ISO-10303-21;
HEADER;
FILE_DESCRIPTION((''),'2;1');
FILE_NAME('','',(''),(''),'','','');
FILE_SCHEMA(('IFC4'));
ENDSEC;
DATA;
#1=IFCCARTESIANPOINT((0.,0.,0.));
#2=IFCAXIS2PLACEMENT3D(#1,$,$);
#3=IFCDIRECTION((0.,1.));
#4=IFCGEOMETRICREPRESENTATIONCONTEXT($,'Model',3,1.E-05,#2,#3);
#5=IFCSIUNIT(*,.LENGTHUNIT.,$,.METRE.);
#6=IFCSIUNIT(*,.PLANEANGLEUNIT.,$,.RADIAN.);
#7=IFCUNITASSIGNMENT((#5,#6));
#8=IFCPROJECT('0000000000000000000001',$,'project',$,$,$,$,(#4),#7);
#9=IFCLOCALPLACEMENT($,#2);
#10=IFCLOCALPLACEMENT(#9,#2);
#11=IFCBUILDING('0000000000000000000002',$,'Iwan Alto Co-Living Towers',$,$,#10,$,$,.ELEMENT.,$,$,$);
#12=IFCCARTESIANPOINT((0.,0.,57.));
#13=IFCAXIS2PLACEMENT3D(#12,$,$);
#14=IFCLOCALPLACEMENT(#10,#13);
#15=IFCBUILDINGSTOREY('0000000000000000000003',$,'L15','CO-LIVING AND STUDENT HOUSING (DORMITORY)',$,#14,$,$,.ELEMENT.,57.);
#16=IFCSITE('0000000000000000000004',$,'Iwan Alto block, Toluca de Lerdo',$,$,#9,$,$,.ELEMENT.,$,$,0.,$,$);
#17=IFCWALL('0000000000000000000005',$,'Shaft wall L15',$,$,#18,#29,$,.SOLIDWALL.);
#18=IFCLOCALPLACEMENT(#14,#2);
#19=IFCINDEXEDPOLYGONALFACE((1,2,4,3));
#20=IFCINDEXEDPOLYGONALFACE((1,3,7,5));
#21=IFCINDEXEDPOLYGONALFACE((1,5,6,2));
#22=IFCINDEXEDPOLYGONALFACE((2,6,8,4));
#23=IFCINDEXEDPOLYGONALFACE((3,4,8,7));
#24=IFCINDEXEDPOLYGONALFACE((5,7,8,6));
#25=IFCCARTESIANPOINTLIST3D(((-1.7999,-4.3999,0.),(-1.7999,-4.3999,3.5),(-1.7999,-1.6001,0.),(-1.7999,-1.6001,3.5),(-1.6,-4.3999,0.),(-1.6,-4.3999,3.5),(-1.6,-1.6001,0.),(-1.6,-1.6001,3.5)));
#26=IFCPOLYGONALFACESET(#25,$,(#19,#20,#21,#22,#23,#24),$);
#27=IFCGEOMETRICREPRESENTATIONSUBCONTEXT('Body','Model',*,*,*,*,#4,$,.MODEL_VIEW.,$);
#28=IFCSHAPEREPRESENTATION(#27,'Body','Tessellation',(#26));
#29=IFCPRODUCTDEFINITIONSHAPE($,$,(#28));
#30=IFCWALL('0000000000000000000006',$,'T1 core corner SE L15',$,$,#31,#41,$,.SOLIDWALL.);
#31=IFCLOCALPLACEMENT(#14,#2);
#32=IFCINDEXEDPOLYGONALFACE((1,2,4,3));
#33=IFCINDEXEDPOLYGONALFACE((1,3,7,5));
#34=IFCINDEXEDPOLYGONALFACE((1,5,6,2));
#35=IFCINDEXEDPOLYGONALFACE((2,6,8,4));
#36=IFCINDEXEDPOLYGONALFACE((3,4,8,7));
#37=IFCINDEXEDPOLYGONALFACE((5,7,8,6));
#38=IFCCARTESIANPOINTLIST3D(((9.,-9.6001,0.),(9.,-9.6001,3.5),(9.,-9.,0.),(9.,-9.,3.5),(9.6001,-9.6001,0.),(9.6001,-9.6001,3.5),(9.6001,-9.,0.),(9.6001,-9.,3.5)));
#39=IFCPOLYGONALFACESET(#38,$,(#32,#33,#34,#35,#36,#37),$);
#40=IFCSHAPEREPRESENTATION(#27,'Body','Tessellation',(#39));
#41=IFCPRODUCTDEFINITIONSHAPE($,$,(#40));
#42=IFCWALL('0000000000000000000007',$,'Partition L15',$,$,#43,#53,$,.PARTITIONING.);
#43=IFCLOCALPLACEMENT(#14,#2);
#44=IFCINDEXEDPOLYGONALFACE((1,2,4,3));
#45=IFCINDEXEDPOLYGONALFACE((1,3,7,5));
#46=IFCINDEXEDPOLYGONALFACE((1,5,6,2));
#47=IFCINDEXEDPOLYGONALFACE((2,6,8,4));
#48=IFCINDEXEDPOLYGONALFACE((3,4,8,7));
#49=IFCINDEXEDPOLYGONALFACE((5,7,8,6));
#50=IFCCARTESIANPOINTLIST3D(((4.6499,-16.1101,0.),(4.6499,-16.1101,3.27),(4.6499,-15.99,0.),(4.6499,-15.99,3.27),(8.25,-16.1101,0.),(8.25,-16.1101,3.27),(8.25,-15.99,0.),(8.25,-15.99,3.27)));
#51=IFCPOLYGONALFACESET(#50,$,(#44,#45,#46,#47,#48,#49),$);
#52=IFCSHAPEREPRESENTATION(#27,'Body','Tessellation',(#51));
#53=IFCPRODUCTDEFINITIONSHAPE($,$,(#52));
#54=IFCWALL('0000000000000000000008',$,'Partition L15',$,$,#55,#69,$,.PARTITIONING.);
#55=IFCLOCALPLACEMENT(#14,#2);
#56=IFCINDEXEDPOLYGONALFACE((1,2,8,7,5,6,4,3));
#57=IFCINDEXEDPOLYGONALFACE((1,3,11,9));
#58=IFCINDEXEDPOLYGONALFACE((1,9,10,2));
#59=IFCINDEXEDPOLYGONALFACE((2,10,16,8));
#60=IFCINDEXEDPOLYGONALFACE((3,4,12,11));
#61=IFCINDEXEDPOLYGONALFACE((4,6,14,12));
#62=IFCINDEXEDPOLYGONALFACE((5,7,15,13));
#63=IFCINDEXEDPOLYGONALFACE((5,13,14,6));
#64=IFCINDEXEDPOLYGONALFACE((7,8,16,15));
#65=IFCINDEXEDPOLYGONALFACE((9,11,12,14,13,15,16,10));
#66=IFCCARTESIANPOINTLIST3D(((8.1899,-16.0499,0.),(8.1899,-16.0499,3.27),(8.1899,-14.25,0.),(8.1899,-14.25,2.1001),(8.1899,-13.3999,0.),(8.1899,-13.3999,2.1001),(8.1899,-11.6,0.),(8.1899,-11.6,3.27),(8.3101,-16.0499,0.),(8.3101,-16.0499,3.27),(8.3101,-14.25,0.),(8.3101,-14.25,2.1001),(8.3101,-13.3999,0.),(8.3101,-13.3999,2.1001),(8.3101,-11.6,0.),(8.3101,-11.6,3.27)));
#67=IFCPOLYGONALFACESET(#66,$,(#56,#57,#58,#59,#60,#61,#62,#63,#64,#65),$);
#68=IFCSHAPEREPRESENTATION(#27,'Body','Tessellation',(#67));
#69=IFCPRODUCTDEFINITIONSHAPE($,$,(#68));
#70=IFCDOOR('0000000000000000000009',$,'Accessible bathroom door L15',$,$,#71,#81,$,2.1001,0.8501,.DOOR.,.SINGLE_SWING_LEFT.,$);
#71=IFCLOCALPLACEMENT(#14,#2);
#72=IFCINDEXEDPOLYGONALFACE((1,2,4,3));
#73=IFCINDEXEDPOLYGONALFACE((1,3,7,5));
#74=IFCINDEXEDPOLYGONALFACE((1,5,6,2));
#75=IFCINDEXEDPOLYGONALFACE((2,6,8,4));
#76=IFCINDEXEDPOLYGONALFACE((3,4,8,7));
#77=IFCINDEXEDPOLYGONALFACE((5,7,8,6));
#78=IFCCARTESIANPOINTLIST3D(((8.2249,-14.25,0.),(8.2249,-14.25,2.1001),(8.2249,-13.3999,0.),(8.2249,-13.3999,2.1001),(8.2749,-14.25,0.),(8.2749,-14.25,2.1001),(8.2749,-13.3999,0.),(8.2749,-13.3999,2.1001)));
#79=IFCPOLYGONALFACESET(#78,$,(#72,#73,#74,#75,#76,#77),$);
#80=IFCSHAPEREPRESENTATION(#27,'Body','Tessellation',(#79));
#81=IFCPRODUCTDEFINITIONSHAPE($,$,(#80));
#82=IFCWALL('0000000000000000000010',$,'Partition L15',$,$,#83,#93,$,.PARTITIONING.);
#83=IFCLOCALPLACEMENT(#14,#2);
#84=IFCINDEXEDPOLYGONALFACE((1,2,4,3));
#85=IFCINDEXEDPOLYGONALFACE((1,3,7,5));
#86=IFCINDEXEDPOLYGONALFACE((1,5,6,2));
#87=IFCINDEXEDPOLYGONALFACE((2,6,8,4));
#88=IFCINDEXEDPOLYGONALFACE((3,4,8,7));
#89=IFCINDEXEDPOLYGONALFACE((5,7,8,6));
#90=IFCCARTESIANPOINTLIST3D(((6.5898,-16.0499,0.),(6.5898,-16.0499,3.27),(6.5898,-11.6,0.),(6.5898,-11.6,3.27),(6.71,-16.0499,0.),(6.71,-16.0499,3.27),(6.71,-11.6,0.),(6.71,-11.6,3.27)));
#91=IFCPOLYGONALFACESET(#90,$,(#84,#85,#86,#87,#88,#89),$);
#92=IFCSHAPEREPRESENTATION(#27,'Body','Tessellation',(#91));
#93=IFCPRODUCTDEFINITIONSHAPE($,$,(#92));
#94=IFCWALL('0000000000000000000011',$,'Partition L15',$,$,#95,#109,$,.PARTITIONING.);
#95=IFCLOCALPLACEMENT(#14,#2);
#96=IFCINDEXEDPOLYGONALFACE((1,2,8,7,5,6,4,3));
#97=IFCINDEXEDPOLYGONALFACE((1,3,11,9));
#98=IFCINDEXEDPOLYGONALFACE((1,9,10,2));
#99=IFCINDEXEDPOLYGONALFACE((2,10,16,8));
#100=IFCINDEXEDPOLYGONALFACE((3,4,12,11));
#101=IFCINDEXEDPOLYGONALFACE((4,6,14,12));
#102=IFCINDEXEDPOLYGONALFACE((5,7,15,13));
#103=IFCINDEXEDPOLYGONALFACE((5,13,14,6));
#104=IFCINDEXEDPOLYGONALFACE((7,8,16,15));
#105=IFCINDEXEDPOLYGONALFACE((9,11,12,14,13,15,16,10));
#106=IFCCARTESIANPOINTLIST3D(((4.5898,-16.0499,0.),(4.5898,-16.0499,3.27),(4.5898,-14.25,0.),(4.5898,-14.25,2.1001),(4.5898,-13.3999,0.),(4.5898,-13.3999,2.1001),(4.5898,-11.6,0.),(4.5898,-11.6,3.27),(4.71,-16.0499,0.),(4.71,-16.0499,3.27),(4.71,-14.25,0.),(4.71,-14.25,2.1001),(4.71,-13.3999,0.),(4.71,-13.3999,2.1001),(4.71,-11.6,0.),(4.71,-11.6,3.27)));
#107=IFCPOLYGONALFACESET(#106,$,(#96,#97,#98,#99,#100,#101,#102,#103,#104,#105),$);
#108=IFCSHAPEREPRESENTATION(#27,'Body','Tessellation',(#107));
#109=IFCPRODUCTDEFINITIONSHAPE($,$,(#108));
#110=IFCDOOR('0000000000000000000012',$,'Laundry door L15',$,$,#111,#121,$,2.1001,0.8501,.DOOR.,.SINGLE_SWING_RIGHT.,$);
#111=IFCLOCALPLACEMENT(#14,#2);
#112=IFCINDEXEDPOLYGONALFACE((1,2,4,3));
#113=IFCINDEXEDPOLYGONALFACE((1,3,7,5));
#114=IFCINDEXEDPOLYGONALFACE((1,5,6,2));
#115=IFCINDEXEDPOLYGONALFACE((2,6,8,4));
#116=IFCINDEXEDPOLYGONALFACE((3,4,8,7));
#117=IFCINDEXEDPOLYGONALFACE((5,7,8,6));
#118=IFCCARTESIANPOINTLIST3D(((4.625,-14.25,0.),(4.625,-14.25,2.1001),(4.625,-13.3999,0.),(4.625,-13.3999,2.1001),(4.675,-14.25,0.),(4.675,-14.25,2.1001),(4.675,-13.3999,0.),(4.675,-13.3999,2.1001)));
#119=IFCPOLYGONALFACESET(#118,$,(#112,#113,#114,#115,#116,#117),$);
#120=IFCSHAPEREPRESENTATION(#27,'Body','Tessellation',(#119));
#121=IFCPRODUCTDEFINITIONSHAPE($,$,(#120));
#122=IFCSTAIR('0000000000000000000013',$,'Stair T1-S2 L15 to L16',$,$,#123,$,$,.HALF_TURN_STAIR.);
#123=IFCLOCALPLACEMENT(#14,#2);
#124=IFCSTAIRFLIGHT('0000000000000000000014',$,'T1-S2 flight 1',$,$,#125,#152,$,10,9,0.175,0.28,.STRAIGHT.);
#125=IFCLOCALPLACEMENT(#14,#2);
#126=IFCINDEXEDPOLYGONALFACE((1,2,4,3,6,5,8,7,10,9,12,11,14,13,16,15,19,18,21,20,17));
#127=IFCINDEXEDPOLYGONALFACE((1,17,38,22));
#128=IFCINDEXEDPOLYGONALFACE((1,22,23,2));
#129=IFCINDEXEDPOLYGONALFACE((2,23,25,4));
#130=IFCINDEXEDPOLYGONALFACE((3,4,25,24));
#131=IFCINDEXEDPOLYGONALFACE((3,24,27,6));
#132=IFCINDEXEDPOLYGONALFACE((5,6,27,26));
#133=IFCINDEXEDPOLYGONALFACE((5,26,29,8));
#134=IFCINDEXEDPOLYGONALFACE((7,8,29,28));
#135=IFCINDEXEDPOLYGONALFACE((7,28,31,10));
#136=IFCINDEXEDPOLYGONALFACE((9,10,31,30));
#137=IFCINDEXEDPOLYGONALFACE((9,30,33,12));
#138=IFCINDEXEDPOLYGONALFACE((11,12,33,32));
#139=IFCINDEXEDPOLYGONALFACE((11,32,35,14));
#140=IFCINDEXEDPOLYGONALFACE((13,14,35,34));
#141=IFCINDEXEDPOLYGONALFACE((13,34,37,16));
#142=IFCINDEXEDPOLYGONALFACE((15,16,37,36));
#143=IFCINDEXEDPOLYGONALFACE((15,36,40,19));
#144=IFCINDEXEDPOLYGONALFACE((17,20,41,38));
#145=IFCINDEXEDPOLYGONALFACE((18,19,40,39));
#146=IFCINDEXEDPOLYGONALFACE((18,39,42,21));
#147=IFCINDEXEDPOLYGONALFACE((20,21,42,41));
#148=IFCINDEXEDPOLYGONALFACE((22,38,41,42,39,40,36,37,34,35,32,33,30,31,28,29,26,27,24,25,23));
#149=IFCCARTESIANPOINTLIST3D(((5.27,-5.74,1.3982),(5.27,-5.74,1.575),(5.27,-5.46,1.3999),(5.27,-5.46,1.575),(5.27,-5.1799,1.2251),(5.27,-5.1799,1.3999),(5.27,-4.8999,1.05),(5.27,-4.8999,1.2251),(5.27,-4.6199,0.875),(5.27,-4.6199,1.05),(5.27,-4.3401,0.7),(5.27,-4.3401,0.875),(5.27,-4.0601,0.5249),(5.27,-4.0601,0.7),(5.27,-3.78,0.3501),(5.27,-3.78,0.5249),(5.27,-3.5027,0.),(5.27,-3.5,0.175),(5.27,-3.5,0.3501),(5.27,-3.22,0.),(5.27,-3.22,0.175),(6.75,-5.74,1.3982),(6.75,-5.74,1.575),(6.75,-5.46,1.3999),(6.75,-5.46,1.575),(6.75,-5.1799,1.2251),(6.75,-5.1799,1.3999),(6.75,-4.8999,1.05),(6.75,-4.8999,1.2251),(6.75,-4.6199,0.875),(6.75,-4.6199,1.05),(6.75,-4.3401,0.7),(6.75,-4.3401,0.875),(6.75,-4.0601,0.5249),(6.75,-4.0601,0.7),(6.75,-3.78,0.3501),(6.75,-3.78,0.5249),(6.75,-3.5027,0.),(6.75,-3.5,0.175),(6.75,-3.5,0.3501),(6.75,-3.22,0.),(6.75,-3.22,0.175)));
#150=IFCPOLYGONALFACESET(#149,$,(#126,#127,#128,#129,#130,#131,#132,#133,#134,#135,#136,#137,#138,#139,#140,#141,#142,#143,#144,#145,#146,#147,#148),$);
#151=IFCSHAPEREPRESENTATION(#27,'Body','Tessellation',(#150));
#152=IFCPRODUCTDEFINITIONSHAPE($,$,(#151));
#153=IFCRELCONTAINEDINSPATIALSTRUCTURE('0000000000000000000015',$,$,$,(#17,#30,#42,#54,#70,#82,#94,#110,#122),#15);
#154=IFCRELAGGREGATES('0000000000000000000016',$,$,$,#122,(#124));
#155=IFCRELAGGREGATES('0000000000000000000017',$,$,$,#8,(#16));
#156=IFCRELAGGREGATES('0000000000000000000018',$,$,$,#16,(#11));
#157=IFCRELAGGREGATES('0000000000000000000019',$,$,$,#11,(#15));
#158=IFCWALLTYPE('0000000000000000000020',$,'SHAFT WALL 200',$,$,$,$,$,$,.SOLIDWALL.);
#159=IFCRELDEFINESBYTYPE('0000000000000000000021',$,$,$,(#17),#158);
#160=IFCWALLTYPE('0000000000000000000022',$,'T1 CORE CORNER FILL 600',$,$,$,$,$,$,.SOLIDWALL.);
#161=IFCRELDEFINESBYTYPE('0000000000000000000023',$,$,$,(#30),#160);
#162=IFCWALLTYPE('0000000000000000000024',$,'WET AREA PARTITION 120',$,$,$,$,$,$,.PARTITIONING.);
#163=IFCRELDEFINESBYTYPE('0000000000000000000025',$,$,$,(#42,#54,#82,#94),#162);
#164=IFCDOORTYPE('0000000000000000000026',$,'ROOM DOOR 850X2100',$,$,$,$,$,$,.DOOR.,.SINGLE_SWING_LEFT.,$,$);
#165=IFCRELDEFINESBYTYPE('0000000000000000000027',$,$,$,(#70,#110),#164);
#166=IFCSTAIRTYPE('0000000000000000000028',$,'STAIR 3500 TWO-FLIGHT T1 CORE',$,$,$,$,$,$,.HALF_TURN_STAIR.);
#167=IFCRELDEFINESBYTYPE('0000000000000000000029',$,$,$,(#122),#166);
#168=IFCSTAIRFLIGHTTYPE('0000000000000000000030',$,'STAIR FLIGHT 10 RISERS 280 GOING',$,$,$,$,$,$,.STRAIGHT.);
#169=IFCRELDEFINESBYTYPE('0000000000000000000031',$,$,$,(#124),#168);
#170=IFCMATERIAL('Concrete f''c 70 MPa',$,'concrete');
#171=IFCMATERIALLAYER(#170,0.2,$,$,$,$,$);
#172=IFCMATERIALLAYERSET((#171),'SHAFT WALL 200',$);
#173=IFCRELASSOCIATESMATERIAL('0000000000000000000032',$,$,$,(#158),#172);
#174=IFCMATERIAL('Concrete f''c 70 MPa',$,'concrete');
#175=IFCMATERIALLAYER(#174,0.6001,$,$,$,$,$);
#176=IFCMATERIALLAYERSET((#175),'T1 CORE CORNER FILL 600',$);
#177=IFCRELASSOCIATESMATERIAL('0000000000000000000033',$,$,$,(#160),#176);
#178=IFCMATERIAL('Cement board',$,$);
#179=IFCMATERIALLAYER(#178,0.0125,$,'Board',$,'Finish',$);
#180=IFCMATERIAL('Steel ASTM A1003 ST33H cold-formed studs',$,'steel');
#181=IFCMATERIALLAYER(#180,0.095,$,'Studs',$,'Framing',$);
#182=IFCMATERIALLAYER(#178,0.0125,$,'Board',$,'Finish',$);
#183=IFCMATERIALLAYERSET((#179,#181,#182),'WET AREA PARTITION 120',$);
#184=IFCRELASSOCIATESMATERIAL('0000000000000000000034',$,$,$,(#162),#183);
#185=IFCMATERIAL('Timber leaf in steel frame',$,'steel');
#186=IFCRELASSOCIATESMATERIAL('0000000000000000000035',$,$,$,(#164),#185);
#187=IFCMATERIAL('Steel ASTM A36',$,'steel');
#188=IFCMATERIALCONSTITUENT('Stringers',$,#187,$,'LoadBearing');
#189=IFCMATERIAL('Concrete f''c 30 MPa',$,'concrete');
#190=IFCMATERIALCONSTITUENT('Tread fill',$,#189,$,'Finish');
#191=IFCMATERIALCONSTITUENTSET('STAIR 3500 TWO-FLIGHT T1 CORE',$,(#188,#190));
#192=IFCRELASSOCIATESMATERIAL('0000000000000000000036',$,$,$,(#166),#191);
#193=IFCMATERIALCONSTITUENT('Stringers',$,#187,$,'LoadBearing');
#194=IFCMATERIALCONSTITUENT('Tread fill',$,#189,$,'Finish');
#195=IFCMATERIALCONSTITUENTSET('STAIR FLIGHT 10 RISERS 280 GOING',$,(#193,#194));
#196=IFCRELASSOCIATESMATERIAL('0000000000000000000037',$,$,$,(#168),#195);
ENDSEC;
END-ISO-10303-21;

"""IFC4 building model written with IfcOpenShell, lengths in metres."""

from ifc_helpers import new_model, si_unit, direction, frame, frame_2d, origin, place, context, subcontext, project, spatial, polyline, rectangle, outline, extrude, material, layer, layer_set, constituent, constituent_set, type_object, element, fill, aggregate, save


model = new_model("IFC4")

# Units and contexts
model_context = context("Model", 3, precision=1e-05, world=origin(), true_north=direction((0.0, 1.0)))
body_context = subcontext(model_context, "Body", "Model", "MODEL_VIEW")
ifc_project = project(units=[si_unit("LENGTHUNIT", "METRE"), si_unit("PLANEANGLEUNIT", "RADIAN")], contexts=[model_context])

# Site, building, storey
site_placement = place(None, origin())
site = spatial("IfcSite", under=ifc_project, at=site_placement, Name="Iwan Alto block, Toluca de Lerdo", CompositionType="ELEMENT", RefElevation=0.0)
building_placement = place(site_placement, origin())
building = spatial("IfcBuilding", under=site, at=building_placement, Name="Iwan Alto Co-Living Towers", CompositionType="ELEMENT")
storey_placement = place(building_placement, frame((0.0, 0.0, 57.0)))
storey = spatial("IfcBuildingStorey", under=building, at=storey_placement, Name="L15", Description="CO-LIVING AND STUDENT HOUSING (DORMITORY)", CompositionType="ELEMENT", Elevation=57.0)

# Shared definitions
ifc_material_1 = material(Name="Concrete f'c 70 MPa", Category="concrete")
ifc_layer_1 = layer(ifc_material_1, 0.2)
ifc_layer_set_1 = layer_set([ifc_layer_1], Name="SHAFT WALL 200")
wall_type_1 = type_object("IfcWallType", Name="SHAFT WALL 200", PredefinedType="SOLIDWALL", material=ifc_layer_set_1)

# Walls
wall_1_placement = place(storey_placement, frame((-1.7, -4.3999, 0.0), z_axis=(0.0, 0.0, 1.0), x_axis=(0.0, 1.0, 0.0)))
element("IfcWall", 1, at=wall_1_placement, inside=storey, type_object=wall_type_1, Name="Shaft wall L15", PredefinedType="SOLIDWALL", context=body_context, shape_type="SweptSolid", body=[
    extrude(rectangle(XDim=2.7998, YDim=0.2, at=frame_2d((1.3999, 0.0))), origin(), (0.0, 0.0, 1.0), 3.5),
])
ifc_material_2 = material(Name="Concrete f'c 70 MPa", Category="concrete")
ifc_layer_2 = layer(ifc_material_2, 0.6001)
ifc_layer_set_2 = layer_set([ifc_layer_2], Name="T1 CORE CORNER FILL 600")
wall_type_2 = type_object("IfcWallType", Name="T1 CORE CORNER FILL 600", PredefinedType="SOLIDWALL", material=ifc_layer_set_2)
wall_2_placement = place(storey_placement, frame((9.0, -9.3, 0.0), z_axis=(0.0, 0.0, 1.0), x_axis=(1.0, 0.0, 0.0)))
element("IfcWall", 2, at=wall_2_placement, inside=storey, type_object=wall_type_2, Name="T1 core corner SE L15", PredefinedType="SOLIDWALL", context=body_context, shape_type="SweptSolid", body=[
    extrude(rectangle(XDim=0.6001, YDim=0.6001, at=frame_2d((0.3, 0.0))), origin(), (0.0, 0.0, 1.0), 3.5),
])
ifc_material_3 = material(Name="Cement board")
ifc_layer_3 = layer(ifc_material_3, 0.0125, Name="Board", Category="Finish")
ifc_material_4 = material(Name="Steel ASTM A1003 ST33H cold-formed studs", Category="steel")
ifc_layer_4 = layer(ifc_material_4, 0.095, Name="Studs", Category="Framing")
ifc_layer_5 = layer(ifc_material_3, 0.0125, Name="Board", Category="Finish")
ifc_layer_set_3 = layer_set([ifc_layer_3, ifc_layer_4, ifc_layer_5], Name="WET AREA PARTITION 120")
wall_type_3 = type_object("IfcWallType", Name="WET AREA PARTITION 120", PredefinedType="PARTITIONING", material=ifc_layer_set_3)
wall_3_placement = place(storey_placement, frame((4.6499, -16.05, 0.0), z_axis=(0.0, 0.0, 1.0), x_axis=(1.0, 0.0, 0.0)))
element("IfcWall", 3, at=wall_3_placement, inside=storey, type_object=wall_type_3, Name="Partition L15", PredefinedType="PARTITIONING", context=body_context, shape_type="SweptSolid", body=[
    extrude(rectangle(XDim=3.6001, YDim=0.1201, at=frame_2d((1.8, 0.0))), origin(), (0.0, 0.0, 1.0), 3.27),
])

# Wall, opening, door
wall_4_placement = place(storey_placement, frame((8.25, -16.05, 0.0), z_axis=(0.0, 0.0, 1.0), x_axis=(0.0, 1.0, 0.0)))
wall_4 = element("IfcWall", 4, at=wall_4_placement, inside=storey, type_object=wall_type_3, Name="Partition L15", PredefinedType="PARTITIONING", context=body_context, shape_type="SweptSolid", body=[
    extrude(rectangle(XDim=4.45, YDim=0.1201, at=frame_2d((2.2251, 0.0))), origin(), (0.0, 0.0, 1.0), 3.27),
])
opening_1_placement = place(wall_4_placement, frame((1.8, 0.0, 0.0)))
opening_1 = element("IfcOpeningElement", 5, at=opening_1_placement, cuts=wall_4, PredefinedType="OPENING", context=body_context, shape_type="SweptSolid", body=[
    extrude(rectangle(XDim=0.8501, YDim=2.1001, at=frame_2d((0.425, 1.05))), frame((0.0, 0.0701, 0.0), z_axis=(0.0, -1.0, 0.0), x_axis=(1.0, 0.0, 0.0)), (0.0, 0.0, 1.0), 0.1401),
])
ifc_material_5 = material(Name="Timber leaf in steel frame", Category="steel")
door_type_1 = type_object("IfcDoorType", Name="ROOM DOOR 850X2100", OperationType="SINGLE_SWING_LEFT", PredefinedType="DOOR", material=ifc_material_5)
door_1_placement = place(opening_1_placement, frame((0.8501, 0.0, 0.0), z_axis=(0.0, 0.0, 1.0), x_axis=(-1.0, 0.0, 0.0)))
door_1 = element("IfcDoor", 6, at=door_1_placement, inside=storey, type_object=door_type_1, Name="Accessible bathroom door L15", OperationType="SINGLE_SWING_LEFT", OverallHeight=2.1001, OverallWidth=0.8501, PredefinedType="DOOR", context=body_context, shape_type="SweptSolid", body=[
    extrude(rectangle(XDim=0.8501, YDim=2.1001, at=frame_2d((0.425, 1.05))), frame((0.0, 0.0249, 0.0), z_axis=(0.0, -1.0, 0.0), x_axis=(1.0, 0.0, 0.0)), (0.0, 0.0, 1.0), 0.05),
])
fill(opening_1, door_1)

# Wall
wall_5_placement = place(storey_placement, frame((6.6499, -16.05, 0.0), z_axis=(0.0, 0.0, 1.0), x_axis=(0.0, 1.0, 0.0)))
element("IfcWall", 7, at=wall_5_placement, inside=storey, type_object=wall_type_3, Name="Partition L15", PredefinedType="PARTITIONING", context=body_context, shape_type="SweptSolid", body=[
    extrude(rectangle(XDim=4.45, YDim=0.1201, at=frame_2d((2.2251, 0.0))), origin(), (0.0, 0.0, 1.0), 3.27),
])

# Wall, opening, door
wall_6_placement = place(storey_placement, frame((4.6499, -16.05, 0.0), z_axis=(0.0, 0.0, 1.0), x_axis=(0.0, 1.0, 0.0)))
wall_6 = element("IfcWall", 8, at=wall_6_placement, inside=storey, type_object=wall_type_3, Name="Partition L15", PredefinedType="PARTITIONING", context=body_context, shape_type="SweptSolid", body=[
    extrude(rectangle(XDim=4.45, YDim=0.1201, at=frame_2d((2.2251, 0.0))), origin(), (0.0, 0.0, 1.0), 3.27),
])
opening_2_placement = place(wall_6_placement, frame((1.8, 0.0, 0.0)))
opening_2 = element("IfcOpeningElement", 9, at=opening_2_placement, cuts=wall_6, PredefinedType="OPENING", context=body_context, shape_type="SweptSolid", body=[
    extrude(rectangle(XDim=0.8501, YDim=2.1001, at=frame_2d((0.425, 1.05))), frame((0.0, 0.0701, 0.0), z_axis=(0.0, -1.0, 0.0), x_axis=(1.0, 0.0, 0.0)), (0.0, 0.0, 1.0), 0.1401),
])
door_2_placement = place(opening_2_placement, origin())
door_2 = element("IfcDoor", 10, at=door_2_placement, inside=storey, type_object=door_type_1, Name="Laundry door L15", OperationType="SINGLE_SWING_RIGHT", OverallHeight=2.1001, OverallWidth=0.8501, PredefinedType="DOOR", context=body_context, shape_type="SweptSolid", body=[
    extrude(rectangle(XDim=0.8501, YDim=2.1001, at=frame_2d((0.425, 1.05))), frame((0.0, 0.0249, 0.0), z_axis=(0.0, -1.0, 0.0), x_axis=(1.0, 0.0, 0.0)), (0.0, 0.0, 1.0), 0.05),
])
fill(opening_2, door_2)

# Stair, stair flight
ifc_material_6 = material(Name="Steel ASTM A36", Category="steel")
ifc_constituent_1 = constituent(ifc_material_6, Name="Stringers", Category="LoadBearing")
ifc_material_7 = material(Name="Concrete f'c 30 MPa", Category="concrete")
ifc_constituent_2 = constituent(ifc_material_7, Name="Tread fill", Category="Finish")
ifc_constituent_set_1 = constituent_set(constituents=[ifc_constituent_1, ifc_constituent_2], Name="STAIR 3500 TWO-FLIGHT T1 CORE")
stair_type = type_object("IfcStairType", Name="STAIR 3500 TWO-FLIGHT T1 CORE", PredefinedType="HALF_TURN_STAIR", material=ifc_constituent_set_1)
stair_placement = place(storey_placement, origin())
stair = element("IfcStair", 11, at=stair_placement, inside=storey, type_object=stair_type, Name="Stair T1-S2 L15 to L16", PredefinedType="HALF_TURN_STAIR")
ifc_constituent_3 = constituent(ifc_material_6, Name="Stringers", Category="LoadBearing")
ifc_constituent_4 = constituent(ifc_material_7, Name="Tread fill", Category="Finish")
ifc_constituent_set_2 = constituent_set(constituents=[ifc_constituent_3, ifc_constituent_4], Name="STAIR FLIGHT 10 RISERS 280 GOING")
stair_flight_type = type_object("IfcStairFlightType", Name="STAIR FLIGHT 10 RISERS 280 GOING", PredefinedType="STRAIGHT", material=ifc_constituent_set_2)
stair_flight_1_placement = place(storey_placement, frame((6.01, -3.22, 0.0), z_axis=(0.0, 0.0, 1.0), x_axis=(0.0, -1.0, 0.0)))
stair_flight_1 = element("IfcStairFlight", 12, at=stair_flight_1_placement, type_object=stair_flight_type, Name="T1-S2 flight 1", NumberOfRisers=10, NumberOfTreads=9, PredefinedType="STRAIGHT", RiserHeight=0.175, TreadLength=0.28, context=body_context, shape_type="SweptSolid", body=[
    extrude(outline(polyline([(0.0, 0.0), (0.0, 0.175), (0.28, 0.175), (0.28, 0.3501), (0.5601, 0.3501), (0.5601, 0.5249), (0.8401, 0.5249), (0.8401, 0.7), (1.1201, 0.7), (1.1201, 0.875), (1.3999, 0.875), (1.3999, 1.05), (1.6799, 1.05), (1.6799, 1.2251), (1.96, 1.2251), (1.96, 1.3999), (2.24, 1.3999), (2.24, 1.575), (2.52, 1.575), (2.52, 1.75), (2.52, 1.3982), (0.2827, 0.0), (0.0, 0.0)])), frame((0.0, 0.74, 0.0), z_axis=(0.0, -1.0, 0.0), x_axis=(1.0, 0.0, 0.0)), (0.0, 0.0, 1.0), 1.48),
])
aggregate(stair, [stair_flight_1])

save(model, "model.ifc")
